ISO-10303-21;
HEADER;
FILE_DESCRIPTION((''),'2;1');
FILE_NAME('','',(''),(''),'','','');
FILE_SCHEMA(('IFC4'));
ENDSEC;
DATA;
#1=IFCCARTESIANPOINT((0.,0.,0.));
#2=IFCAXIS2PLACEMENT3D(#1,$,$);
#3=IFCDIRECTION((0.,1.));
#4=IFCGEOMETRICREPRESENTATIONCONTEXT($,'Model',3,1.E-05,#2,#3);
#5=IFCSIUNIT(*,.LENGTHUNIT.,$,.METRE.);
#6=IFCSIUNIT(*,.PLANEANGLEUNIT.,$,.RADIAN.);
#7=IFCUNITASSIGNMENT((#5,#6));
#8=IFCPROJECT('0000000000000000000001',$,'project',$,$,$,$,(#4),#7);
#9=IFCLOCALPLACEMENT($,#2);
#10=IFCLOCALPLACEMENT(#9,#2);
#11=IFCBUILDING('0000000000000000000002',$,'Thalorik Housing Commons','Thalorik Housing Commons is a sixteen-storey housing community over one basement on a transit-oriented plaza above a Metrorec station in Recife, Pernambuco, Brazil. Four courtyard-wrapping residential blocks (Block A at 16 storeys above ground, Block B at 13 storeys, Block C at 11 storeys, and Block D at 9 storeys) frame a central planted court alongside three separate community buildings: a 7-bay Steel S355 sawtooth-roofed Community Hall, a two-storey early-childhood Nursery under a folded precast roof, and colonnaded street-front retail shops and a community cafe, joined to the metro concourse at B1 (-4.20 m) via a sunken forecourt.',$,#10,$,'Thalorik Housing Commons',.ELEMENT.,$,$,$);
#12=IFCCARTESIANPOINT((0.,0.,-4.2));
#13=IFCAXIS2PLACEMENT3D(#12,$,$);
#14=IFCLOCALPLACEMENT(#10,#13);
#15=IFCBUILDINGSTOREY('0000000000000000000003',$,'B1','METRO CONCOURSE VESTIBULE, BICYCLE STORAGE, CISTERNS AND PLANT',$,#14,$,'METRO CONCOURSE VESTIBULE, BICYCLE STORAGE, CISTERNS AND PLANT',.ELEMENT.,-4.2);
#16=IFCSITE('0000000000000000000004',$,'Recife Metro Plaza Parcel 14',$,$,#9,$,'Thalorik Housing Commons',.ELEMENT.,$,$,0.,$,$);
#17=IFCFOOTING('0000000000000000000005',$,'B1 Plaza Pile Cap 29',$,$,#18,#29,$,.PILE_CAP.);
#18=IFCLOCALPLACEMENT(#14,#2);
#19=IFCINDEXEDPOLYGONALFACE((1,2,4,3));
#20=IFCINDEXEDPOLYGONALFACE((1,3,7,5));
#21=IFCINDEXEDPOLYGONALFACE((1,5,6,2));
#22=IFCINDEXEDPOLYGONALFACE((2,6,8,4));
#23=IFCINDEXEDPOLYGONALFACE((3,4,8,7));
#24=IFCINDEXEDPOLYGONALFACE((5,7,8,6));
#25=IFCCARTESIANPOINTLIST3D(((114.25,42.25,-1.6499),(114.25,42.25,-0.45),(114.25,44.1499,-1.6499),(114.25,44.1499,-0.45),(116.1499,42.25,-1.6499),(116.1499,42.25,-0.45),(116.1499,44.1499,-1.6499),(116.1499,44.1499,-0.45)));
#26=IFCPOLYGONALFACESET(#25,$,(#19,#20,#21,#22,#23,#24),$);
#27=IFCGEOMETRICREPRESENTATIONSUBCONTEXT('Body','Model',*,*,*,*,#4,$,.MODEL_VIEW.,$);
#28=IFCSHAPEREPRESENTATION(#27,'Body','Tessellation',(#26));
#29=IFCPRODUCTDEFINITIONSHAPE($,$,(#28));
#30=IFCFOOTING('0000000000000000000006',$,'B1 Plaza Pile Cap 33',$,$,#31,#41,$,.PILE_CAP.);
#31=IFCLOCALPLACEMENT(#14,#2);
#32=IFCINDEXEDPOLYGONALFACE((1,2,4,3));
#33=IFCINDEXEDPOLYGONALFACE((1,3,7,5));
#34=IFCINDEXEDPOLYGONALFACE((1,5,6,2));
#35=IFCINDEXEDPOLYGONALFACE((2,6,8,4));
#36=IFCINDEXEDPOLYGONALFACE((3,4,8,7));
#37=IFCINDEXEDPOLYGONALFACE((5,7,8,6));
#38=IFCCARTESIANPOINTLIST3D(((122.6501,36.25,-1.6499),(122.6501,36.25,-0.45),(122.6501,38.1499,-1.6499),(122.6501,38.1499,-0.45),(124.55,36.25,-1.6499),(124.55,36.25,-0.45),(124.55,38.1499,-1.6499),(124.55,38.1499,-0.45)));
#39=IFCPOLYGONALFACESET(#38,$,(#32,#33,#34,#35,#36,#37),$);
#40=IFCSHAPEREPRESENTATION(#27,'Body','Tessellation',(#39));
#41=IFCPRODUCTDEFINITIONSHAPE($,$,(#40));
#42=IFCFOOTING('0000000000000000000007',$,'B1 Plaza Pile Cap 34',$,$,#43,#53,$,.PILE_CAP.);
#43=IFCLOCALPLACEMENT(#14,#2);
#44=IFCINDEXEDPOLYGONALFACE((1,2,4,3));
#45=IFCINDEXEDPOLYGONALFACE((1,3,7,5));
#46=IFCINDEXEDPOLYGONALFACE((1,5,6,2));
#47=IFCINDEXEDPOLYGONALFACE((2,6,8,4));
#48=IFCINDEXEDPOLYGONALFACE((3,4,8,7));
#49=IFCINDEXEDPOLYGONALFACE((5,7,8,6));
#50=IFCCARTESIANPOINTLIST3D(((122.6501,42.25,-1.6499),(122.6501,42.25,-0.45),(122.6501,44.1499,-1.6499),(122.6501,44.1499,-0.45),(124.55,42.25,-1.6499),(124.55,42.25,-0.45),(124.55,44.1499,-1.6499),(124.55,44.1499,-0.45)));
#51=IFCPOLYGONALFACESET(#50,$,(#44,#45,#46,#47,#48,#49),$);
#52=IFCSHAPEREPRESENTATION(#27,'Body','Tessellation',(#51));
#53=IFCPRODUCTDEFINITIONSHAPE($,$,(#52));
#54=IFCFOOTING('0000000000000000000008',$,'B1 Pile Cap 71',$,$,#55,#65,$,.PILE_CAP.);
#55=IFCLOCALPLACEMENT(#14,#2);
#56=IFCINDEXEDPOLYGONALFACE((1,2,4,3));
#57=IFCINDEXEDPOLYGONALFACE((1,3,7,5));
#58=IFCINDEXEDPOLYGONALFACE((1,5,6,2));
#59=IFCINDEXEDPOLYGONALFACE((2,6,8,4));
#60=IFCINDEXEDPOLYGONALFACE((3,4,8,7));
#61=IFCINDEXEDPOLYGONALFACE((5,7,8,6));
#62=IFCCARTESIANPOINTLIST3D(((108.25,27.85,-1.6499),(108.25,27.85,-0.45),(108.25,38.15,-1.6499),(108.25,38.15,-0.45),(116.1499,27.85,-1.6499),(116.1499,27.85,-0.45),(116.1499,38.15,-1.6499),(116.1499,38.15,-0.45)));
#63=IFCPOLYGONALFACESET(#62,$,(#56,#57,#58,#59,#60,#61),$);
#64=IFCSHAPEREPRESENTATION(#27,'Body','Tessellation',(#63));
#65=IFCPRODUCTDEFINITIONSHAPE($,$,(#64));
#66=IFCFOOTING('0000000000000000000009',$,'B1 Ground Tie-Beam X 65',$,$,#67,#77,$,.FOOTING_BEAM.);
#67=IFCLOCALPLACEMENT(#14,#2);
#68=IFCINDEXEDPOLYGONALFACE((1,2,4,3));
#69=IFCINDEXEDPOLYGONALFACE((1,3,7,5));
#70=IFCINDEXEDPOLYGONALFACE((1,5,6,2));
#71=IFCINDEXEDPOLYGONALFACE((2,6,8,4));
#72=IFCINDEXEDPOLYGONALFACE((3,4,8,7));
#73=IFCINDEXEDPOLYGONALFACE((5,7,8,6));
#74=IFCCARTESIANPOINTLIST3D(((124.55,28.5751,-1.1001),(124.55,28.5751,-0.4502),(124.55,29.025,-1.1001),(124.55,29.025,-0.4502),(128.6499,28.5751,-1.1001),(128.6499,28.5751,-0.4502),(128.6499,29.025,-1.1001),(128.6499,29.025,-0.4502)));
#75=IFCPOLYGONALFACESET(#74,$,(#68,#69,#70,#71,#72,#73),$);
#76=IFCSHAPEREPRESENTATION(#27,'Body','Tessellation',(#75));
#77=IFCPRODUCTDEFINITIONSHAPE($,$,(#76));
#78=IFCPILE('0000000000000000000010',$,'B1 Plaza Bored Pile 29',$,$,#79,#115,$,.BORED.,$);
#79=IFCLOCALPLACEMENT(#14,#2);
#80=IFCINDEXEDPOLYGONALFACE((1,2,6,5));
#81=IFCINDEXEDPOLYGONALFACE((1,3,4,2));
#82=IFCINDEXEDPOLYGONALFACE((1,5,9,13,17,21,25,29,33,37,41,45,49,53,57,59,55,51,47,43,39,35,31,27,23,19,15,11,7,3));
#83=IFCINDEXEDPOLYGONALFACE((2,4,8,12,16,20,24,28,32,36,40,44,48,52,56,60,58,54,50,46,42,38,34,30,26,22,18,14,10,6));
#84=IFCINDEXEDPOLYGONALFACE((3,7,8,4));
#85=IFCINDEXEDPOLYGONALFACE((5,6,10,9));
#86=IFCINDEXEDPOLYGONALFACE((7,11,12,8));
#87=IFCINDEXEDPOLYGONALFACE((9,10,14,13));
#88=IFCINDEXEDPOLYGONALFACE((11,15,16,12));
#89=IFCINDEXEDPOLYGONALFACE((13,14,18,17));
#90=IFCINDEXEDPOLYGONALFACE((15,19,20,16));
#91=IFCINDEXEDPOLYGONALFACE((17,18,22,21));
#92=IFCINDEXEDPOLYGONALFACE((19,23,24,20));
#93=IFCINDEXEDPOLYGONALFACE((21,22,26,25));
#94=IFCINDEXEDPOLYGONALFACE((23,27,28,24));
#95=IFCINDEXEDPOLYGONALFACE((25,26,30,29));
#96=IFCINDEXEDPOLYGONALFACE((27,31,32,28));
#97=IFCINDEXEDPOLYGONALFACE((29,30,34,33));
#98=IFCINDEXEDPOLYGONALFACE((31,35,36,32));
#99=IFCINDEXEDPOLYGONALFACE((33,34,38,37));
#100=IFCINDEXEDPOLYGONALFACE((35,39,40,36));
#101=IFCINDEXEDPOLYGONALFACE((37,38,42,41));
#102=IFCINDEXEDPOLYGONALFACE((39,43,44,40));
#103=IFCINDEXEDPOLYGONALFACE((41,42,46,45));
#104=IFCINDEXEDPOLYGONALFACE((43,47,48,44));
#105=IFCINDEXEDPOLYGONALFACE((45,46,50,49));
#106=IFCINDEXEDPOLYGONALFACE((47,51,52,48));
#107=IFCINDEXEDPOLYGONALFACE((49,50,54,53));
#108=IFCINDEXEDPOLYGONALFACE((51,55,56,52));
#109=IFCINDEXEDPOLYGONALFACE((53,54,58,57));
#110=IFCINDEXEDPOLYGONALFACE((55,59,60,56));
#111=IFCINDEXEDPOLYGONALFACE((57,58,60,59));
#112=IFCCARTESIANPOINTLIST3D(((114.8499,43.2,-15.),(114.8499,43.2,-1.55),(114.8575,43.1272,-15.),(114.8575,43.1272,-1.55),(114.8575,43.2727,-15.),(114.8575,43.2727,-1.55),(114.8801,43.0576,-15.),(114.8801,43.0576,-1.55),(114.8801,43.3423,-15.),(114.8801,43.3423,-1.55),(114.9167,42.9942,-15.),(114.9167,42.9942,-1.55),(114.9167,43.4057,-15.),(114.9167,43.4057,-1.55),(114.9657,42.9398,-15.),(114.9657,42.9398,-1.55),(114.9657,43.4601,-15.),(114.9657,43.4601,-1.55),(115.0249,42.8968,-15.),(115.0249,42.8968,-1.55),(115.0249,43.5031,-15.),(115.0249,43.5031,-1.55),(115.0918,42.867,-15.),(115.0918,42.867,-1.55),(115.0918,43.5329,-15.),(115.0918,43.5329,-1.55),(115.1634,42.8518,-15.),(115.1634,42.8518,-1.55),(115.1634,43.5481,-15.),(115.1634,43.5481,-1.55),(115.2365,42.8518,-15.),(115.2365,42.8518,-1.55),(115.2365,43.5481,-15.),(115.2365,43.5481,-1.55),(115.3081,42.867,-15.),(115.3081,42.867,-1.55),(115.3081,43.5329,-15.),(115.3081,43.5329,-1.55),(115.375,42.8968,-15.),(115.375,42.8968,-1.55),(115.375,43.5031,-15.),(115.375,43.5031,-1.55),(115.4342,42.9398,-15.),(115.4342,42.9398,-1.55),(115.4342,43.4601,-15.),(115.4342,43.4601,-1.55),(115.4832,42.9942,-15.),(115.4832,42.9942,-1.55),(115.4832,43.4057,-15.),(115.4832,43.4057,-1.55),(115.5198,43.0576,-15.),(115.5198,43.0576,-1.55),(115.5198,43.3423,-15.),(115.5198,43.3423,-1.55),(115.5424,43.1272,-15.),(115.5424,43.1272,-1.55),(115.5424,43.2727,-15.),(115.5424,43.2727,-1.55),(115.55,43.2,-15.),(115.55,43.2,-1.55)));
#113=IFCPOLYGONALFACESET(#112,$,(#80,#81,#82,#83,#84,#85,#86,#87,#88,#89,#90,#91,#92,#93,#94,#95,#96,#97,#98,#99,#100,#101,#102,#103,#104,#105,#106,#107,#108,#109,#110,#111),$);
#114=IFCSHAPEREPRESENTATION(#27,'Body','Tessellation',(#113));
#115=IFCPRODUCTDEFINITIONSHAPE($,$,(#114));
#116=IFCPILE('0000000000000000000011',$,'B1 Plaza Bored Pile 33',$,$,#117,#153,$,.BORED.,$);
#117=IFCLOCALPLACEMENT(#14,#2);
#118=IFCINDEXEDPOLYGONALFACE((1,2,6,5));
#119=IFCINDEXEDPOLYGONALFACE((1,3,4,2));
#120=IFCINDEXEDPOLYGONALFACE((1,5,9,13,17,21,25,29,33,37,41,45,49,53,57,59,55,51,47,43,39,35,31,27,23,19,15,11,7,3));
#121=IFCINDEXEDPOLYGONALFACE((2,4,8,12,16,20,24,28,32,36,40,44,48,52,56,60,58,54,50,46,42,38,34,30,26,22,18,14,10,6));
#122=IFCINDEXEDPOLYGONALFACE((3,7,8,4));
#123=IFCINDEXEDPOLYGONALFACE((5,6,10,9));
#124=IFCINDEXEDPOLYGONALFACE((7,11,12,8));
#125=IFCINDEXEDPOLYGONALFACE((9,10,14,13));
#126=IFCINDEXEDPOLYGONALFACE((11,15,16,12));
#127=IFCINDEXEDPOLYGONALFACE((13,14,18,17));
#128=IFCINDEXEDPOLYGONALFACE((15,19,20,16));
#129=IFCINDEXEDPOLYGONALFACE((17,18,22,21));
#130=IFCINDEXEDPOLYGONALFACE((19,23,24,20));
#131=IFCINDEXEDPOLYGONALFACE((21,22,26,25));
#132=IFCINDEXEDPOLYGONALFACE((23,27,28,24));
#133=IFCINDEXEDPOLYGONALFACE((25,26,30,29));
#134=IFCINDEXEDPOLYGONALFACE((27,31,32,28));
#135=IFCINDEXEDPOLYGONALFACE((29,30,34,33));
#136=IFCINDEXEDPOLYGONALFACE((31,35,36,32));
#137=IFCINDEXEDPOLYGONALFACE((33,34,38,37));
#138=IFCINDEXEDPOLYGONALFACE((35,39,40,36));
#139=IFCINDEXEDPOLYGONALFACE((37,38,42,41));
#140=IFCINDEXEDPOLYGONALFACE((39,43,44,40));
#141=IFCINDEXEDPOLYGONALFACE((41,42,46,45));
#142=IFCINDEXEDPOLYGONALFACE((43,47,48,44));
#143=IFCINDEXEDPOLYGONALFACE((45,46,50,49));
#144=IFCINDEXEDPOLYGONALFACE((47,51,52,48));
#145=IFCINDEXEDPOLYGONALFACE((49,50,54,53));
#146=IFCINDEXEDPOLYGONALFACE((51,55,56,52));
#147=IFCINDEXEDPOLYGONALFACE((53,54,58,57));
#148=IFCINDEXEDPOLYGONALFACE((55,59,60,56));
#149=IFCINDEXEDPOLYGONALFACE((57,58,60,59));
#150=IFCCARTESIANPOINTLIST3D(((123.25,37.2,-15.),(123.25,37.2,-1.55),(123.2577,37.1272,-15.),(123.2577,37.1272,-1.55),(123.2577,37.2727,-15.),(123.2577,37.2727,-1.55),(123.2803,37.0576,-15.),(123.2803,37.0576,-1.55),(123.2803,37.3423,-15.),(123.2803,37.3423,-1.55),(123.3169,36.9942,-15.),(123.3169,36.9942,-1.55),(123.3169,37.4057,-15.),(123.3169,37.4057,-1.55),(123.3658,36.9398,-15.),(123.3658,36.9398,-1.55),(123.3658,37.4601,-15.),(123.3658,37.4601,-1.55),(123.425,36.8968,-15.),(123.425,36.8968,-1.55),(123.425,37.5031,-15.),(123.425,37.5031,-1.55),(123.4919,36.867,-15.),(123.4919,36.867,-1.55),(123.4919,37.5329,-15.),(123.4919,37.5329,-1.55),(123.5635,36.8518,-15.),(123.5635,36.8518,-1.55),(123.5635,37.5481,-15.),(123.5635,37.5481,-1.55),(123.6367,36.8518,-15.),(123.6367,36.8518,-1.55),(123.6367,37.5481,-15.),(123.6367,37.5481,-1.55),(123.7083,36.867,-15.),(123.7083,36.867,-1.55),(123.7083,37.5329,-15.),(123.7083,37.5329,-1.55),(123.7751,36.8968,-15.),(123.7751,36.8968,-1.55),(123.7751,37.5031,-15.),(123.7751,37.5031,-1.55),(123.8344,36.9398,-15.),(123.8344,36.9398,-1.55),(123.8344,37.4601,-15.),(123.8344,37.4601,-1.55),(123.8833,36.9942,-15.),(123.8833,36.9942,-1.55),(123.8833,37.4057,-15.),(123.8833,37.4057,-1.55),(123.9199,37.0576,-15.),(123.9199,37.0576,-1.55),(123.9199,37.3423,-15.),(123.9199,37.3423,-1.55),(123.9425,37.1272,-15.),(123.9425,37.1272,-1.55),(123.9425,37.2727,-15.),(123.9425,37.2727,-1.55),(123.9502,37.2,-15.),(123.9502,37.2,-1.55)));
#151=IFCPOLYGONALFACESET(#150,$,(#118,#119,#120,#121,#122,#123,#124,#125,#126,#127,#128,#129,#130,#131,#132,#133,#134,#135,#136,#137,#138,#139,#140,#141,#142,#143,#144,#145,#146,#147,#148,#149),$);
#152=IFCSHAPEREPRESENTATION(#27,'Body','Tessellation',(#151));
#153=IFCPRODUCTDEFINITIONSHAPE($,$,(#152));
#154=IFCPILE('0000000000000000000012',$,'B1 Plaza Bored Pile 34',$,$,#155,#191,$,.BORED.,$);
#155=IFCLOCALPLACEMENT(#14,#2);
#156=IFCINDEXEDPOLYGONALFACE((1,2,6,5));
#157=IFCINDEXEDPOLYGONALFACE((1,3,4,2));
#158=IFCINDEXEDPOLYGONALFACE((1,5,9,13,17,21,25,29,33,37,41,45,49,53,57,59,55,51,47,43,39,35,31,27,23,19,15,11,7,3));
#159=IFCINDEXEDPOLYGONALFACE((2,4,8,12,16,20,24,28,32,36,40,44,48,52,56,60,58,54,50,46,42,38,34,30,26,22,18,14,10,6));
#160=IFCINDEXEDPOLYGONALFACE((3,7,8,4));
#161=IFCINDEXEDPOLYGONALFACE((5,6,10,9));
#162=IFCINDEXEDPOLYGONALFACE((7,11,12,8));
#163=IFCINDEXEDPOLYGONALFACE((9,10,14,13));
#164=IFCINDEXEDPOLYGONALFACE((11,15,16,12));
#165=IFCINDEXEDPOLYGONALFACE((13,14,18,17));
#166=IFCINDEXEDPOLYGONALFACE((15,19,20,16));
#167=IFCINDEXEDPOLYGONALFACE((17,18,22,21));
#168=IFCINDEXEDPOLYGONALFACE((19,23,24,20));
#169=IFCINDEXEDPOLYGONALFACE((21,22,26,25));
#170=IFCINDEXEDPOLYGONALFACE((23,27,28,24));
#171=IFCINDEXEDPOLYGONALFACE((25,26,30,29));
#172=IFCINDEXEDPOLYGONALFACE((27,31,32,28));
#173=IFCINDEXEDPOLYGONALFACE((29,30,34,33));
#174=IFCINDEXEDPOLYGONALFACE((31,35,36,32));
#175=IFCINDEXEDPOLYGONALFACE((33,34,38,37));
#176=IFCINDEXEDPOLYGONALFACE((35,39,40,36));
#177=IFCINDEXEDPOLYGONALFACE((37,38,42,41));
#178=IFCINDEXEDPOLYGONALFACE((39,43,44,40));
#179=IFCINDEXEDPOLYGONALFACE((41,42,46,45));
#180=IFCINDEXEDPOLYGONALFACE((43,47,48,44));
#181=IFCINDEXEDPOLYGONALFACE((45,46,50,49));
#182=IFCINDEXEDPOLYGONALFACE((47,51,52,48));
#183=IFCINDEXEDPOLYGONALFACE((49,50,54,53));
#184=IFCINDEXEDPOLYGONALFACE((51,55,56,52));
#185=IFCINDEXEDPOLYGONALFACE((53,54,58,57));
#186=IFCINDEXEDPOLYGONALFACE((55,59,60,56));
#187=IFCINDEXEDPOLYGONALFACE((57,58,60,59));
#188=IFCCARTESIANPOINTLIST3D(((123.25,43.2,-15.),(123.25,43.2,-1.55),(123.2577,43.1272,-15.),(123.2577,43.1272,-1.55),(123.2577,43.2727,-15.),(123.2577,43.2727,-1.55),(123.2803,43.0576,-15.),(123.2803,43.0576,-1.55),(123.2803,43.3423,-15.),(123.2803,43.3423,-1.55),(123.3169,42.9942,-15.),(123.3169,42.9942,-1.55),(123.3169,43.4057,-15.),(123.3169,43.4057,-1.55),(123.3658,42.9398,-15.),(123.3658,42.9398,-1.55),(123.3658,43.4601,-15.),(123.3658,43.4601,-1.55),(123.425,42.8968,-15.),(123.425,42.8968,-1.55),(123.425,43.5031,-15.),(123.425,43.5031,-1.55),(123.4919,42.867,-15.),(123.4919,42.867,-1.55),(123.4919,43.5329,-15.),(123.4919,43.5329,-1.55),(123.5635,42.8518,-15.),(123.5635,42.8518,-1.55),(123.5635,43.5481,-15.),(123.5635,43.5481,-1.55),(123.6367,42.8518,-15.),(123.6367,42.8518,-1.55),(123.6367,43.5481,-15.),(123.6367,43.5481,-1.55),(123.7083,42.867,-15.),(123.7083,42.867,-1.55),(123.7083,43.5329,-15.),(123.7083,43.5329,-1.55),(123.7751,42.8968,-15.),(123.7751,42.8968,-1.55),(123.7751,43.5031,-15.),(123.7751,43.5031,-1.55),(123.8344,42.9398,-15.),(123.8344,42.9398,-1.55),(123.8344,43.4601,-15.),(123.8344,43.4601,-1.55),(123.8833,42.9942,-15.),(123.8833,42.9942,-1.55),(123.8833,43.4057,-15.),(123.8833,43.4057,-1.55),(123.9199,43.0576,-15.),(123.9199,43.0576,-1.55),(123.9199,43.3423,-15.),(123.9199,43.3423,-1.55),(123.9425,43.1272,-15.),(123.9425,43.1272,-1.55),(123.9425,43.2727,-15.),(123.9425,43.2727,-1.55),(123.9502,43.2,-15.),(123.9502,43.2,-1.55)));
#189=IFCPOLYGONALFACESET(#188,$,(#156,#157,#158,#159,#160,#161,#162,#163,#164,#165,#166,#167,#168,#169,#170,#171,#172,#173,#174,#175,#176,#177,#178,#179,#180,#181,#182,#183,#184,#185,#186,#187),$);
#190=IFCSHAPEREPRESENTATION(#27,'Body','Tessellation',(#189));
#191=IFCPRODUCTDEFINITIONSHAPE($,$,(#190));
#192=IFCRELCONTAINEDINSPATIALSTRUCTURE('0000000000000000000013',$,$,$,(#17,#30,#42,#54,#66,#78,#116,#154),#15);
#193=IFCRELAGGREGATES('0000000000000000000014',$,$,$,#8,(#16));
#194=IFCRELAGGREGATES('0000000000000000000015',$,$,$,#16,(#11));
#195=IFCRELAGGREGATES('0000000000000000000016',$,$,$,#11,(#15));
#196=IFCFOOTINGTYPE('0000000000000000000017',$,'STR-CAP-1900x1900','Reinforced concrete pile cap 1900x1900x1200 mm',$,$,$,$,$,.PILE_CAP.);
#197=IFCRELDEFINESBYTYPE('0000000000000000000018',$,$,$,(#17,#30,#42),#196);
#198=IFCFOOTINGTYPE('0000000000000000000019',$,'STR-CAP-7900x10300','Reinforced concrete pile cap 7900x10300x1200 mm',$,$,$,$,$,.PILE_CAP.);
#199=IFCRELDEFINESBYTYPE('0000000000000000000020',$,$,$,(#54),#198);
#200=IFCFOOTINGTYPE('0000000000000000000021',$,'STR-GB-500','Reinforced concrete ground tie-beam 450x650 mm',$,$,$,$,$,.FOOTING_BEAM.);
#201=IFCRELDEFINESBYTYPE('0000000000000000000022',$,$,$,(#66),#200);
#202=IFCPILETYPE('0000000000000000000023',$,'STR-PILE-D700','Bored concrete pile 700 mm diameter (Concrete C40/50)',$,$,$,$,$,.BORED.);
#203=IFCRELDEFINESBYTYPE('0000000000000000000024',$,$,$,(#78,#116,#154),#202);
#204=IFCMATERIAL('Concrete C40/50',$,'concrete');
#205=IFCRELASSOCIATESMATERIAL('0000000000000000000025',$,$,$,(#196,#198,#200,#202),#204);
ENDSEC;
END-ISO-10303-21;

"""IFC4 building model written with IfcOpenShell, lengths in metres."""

from ifc_helpers import new_model, si_unit, direction, frame, origin, origin_2d, place, context, subcontext, project, spatial, rectangle, circle, extrude, material, material_profile, profile_set, type_object, element, save


model = new_model("IFC4")

# Units and contexts
model_context = context("Model", 3, precision=1e-05, world=origin(), true_north=direction((0.0, 1.0)))
body_context = subcontext(model_context, "Body", "Model", "MODEL_VIEW")
ifc_project = project(units=[si_unit("LENGTHUNIT", "METRE"), si_unit("PLANEANGLEUNIT", "RADIAN")], contexts=[model_context])

# Site, building, storey
site_placement = place(None, origin())
site = spatial("IfcSite", under=ifc_project, at=site_placement, Name="Recife Metro Plaza Parcel 14", LongName="Thalorik Housing Commons", CompositionType="ELEMENT", RefElevation=0.0)
building_placement = place(site_placement, origin())
building = spatial("IfcBuilding", under=site, at=building_placement, Name="Thalorik Housing Commons", Description="Thalorik Housing Commons is a sixteen-storey housing community over one basement on a transit-oriented plaza above a Metrorec station in Recife, Pernambuco, Brazil. Four courtyard-wrapping residential blocks (Block A at 16 storeys above ground, Block B at 13 storeys, Block C at 11 storeys, and Block D at 9 storeys) frame a central planted court alongside three separate community buildings: a 7-bay Steel S355 sawtooth-roofed Community Hall, a two-storey early-childhood Nursery under a folded precast roof, and colonnaded street-front retail shops and a community cafe, joined to the metro concourse at B1 (-4.20 m) via a sunken forecourt.", LongName="Thalorik Housing Commons", CompositionType="ELEMENT")
storey_placement = place(building_placement, frame((0.0, 0.0, -4.2)))
storey = spatial("IfcBuildingStorey", under=building, at=storey_placement, Name="B1", Description="METRO CONCOURSE VESTIBULE, BICYCLE STORAGE, CISTERNS AND PLANT", LongName="METRO CONCOURSE VESTIBULE, BICYCLE STORAGE, CISTERNS AND PLANT", CompositionType="ELEMENT", Elevation=-4.2)

# Footings
ifc_material_1 = material(Name="Concrete C40/50", Category="concrete")
footing_type_1 = type_object("IfcFootingType", Name="STR-CAP-1900x1900", Description="Reinforced concrete pile cap 1900x1900x1200 mm", PredefinedType="PILE_CAP", material=ifc_material_1)
for number, where, z_axis, x_axis, name in (
    (1, (115.2, 43.2, -1.6499), (0.0, 0.0, 1.0), (1.0, 0.0, 0.0), "B1 Plaza Pile Cap 29"),
    (2, (123.6001, 37.2, -1.6499), (0.0, 0.0, 1.0), (1.0, 0.0, 0.0), "B1 Plaza Pile Cap 33"),
    (3, (123.6001, 43.2, -1.6499), (0.0, 0.0, 1.0), (1.0, 0.0, 0.0), "B1 Plaza Pile Cap 34"),
):
    element("IfcFooting", number, at=place(storey_placement, frame(where, z_axis=z_axis, x_axis=x_axis)), inside=storey, type_object=footing_type_1, Name=name, PredefinedType="PILE_CAP", context=body_context, shape_type="SweptSolid", body=[
        extrude(rectangle(XDim=1.8999, YDim=1.8999, at=origin_2d()), origin(), (0.0, 0.0, 1.0), 1.2),
    ])
footing_type_2 = type_object("IfcFootingType", Name="STR-CAP-7900x10300", Description="Reinforced concrete pile cap 7900x10300x1200 mm", PredefinedType="PILE_CAP", material=ifc_material_1)
footing_1_placement = place(storey_placement, frame((112.2, 33.0, -1.6499), z_axis=(0.0, 0.0, 1.0), x_axis=(1.0, 0.0, 0.0)))
element("IfcFooting", 4, at=footing_1_placement, inside=storey, type_object=footing_type_2, Name="B1 Pile Cap 71", PredefinedType="PILE_CAP", context=body_context, shape_type="SweptSolid", body=[
    extrude(rectangle(XDim=7.8999, YDim=10.3, at=origin_2d()), origin(), (0.0, 0.0, 1.0), 1.2),
])
ifc_material_profile_1 = material_profile(ifc_material_1, rectangle(XDim=0.45, YDim=0.6499, at=origin_2d()), Name="RC 450x650", Category="concrete")
ifc_profile_set_1 = profile_set([ifc_material_profile_1], Name="Concrete C40/50")
footing_type_3 = type_object("IfcFootingType", Name="STR-GB-500", Description="Reinforced concrete ground tie-beam 450x650 mm", PredefinedType="FOOTING_BEAM", material=ifc_profile_set_1)
footing_2_placement = place(storey_placement, frame((124.55, 28.8, -0.7751), z_axis=(1.0, 0.0, 0.0), x_axis=(0.0, 1.0, 0.0)))
element("IfcFooting", 5, at=footing_2_placement, inside=storey, type_object=footing_type_3, Name="B1 Ground Tie-Beam X 65", PredefinedType="FOOTING_BEAM", context=body_context, shape_type="SweptSolid", body=[
    extrude(rectangle(XDim=0.45, YDim=0.6499, at=origin_2d()), origin(), (0.0, 0.0, 1.0), 4.0999),
])

# Piles
ifc_material_profile_2 = material_profile(ifc_material_1, circle(Radius=0.3501, at=origin_2d()), Name="BORED PILE D700", Category="concrete")
ifc_profile_set_2 = profile_set([ifc_material_profile_2], Name="Concrete C40/50")
pile_type_1 = type_object("IfcPileType", Name="STR-PILE-D700", Description="Bored concrete pile 700 mm diameter (Concrete C40/50)", PredefinedType="BORED", material=ifc_profile_set_2)
for number, where, z_axis, x_axis, name in (
    (6, (115.2, 43.2, -1.55), (0.0, 0.0, -1.0), (1.0, 0.0, 0.0), "B1 Plaza Bored Pile 29"),
    (7, (123.6001, 37.2, -1.55), (0.0, 0.0, -1.0), (1.0, 0.0, 0.0), "B1 Plaza Bored Pile 33"),
    (8, (123.6001, 43.2, -1.55), (0.0, 0.0, -1.0), (1.0, 0.0, 0.0), "B1 Plaza Bored Pile 34"),
):
    element("IfcPile", number, at=place(storey_placement, frame(where, z_axis=z_axis, x_axis=x_axis)), inside=storey, type_object=pile_type_1, Name=name, PredefinedType="BORED", context=body_context, shape_type="SweptSolid", body=[
        extrude(circle(Radius=0.3501, at=origin_2d()), origin(), (0.0, 0.0, 1.0), 13.45),
    ])

save(model, "model.ifc")
